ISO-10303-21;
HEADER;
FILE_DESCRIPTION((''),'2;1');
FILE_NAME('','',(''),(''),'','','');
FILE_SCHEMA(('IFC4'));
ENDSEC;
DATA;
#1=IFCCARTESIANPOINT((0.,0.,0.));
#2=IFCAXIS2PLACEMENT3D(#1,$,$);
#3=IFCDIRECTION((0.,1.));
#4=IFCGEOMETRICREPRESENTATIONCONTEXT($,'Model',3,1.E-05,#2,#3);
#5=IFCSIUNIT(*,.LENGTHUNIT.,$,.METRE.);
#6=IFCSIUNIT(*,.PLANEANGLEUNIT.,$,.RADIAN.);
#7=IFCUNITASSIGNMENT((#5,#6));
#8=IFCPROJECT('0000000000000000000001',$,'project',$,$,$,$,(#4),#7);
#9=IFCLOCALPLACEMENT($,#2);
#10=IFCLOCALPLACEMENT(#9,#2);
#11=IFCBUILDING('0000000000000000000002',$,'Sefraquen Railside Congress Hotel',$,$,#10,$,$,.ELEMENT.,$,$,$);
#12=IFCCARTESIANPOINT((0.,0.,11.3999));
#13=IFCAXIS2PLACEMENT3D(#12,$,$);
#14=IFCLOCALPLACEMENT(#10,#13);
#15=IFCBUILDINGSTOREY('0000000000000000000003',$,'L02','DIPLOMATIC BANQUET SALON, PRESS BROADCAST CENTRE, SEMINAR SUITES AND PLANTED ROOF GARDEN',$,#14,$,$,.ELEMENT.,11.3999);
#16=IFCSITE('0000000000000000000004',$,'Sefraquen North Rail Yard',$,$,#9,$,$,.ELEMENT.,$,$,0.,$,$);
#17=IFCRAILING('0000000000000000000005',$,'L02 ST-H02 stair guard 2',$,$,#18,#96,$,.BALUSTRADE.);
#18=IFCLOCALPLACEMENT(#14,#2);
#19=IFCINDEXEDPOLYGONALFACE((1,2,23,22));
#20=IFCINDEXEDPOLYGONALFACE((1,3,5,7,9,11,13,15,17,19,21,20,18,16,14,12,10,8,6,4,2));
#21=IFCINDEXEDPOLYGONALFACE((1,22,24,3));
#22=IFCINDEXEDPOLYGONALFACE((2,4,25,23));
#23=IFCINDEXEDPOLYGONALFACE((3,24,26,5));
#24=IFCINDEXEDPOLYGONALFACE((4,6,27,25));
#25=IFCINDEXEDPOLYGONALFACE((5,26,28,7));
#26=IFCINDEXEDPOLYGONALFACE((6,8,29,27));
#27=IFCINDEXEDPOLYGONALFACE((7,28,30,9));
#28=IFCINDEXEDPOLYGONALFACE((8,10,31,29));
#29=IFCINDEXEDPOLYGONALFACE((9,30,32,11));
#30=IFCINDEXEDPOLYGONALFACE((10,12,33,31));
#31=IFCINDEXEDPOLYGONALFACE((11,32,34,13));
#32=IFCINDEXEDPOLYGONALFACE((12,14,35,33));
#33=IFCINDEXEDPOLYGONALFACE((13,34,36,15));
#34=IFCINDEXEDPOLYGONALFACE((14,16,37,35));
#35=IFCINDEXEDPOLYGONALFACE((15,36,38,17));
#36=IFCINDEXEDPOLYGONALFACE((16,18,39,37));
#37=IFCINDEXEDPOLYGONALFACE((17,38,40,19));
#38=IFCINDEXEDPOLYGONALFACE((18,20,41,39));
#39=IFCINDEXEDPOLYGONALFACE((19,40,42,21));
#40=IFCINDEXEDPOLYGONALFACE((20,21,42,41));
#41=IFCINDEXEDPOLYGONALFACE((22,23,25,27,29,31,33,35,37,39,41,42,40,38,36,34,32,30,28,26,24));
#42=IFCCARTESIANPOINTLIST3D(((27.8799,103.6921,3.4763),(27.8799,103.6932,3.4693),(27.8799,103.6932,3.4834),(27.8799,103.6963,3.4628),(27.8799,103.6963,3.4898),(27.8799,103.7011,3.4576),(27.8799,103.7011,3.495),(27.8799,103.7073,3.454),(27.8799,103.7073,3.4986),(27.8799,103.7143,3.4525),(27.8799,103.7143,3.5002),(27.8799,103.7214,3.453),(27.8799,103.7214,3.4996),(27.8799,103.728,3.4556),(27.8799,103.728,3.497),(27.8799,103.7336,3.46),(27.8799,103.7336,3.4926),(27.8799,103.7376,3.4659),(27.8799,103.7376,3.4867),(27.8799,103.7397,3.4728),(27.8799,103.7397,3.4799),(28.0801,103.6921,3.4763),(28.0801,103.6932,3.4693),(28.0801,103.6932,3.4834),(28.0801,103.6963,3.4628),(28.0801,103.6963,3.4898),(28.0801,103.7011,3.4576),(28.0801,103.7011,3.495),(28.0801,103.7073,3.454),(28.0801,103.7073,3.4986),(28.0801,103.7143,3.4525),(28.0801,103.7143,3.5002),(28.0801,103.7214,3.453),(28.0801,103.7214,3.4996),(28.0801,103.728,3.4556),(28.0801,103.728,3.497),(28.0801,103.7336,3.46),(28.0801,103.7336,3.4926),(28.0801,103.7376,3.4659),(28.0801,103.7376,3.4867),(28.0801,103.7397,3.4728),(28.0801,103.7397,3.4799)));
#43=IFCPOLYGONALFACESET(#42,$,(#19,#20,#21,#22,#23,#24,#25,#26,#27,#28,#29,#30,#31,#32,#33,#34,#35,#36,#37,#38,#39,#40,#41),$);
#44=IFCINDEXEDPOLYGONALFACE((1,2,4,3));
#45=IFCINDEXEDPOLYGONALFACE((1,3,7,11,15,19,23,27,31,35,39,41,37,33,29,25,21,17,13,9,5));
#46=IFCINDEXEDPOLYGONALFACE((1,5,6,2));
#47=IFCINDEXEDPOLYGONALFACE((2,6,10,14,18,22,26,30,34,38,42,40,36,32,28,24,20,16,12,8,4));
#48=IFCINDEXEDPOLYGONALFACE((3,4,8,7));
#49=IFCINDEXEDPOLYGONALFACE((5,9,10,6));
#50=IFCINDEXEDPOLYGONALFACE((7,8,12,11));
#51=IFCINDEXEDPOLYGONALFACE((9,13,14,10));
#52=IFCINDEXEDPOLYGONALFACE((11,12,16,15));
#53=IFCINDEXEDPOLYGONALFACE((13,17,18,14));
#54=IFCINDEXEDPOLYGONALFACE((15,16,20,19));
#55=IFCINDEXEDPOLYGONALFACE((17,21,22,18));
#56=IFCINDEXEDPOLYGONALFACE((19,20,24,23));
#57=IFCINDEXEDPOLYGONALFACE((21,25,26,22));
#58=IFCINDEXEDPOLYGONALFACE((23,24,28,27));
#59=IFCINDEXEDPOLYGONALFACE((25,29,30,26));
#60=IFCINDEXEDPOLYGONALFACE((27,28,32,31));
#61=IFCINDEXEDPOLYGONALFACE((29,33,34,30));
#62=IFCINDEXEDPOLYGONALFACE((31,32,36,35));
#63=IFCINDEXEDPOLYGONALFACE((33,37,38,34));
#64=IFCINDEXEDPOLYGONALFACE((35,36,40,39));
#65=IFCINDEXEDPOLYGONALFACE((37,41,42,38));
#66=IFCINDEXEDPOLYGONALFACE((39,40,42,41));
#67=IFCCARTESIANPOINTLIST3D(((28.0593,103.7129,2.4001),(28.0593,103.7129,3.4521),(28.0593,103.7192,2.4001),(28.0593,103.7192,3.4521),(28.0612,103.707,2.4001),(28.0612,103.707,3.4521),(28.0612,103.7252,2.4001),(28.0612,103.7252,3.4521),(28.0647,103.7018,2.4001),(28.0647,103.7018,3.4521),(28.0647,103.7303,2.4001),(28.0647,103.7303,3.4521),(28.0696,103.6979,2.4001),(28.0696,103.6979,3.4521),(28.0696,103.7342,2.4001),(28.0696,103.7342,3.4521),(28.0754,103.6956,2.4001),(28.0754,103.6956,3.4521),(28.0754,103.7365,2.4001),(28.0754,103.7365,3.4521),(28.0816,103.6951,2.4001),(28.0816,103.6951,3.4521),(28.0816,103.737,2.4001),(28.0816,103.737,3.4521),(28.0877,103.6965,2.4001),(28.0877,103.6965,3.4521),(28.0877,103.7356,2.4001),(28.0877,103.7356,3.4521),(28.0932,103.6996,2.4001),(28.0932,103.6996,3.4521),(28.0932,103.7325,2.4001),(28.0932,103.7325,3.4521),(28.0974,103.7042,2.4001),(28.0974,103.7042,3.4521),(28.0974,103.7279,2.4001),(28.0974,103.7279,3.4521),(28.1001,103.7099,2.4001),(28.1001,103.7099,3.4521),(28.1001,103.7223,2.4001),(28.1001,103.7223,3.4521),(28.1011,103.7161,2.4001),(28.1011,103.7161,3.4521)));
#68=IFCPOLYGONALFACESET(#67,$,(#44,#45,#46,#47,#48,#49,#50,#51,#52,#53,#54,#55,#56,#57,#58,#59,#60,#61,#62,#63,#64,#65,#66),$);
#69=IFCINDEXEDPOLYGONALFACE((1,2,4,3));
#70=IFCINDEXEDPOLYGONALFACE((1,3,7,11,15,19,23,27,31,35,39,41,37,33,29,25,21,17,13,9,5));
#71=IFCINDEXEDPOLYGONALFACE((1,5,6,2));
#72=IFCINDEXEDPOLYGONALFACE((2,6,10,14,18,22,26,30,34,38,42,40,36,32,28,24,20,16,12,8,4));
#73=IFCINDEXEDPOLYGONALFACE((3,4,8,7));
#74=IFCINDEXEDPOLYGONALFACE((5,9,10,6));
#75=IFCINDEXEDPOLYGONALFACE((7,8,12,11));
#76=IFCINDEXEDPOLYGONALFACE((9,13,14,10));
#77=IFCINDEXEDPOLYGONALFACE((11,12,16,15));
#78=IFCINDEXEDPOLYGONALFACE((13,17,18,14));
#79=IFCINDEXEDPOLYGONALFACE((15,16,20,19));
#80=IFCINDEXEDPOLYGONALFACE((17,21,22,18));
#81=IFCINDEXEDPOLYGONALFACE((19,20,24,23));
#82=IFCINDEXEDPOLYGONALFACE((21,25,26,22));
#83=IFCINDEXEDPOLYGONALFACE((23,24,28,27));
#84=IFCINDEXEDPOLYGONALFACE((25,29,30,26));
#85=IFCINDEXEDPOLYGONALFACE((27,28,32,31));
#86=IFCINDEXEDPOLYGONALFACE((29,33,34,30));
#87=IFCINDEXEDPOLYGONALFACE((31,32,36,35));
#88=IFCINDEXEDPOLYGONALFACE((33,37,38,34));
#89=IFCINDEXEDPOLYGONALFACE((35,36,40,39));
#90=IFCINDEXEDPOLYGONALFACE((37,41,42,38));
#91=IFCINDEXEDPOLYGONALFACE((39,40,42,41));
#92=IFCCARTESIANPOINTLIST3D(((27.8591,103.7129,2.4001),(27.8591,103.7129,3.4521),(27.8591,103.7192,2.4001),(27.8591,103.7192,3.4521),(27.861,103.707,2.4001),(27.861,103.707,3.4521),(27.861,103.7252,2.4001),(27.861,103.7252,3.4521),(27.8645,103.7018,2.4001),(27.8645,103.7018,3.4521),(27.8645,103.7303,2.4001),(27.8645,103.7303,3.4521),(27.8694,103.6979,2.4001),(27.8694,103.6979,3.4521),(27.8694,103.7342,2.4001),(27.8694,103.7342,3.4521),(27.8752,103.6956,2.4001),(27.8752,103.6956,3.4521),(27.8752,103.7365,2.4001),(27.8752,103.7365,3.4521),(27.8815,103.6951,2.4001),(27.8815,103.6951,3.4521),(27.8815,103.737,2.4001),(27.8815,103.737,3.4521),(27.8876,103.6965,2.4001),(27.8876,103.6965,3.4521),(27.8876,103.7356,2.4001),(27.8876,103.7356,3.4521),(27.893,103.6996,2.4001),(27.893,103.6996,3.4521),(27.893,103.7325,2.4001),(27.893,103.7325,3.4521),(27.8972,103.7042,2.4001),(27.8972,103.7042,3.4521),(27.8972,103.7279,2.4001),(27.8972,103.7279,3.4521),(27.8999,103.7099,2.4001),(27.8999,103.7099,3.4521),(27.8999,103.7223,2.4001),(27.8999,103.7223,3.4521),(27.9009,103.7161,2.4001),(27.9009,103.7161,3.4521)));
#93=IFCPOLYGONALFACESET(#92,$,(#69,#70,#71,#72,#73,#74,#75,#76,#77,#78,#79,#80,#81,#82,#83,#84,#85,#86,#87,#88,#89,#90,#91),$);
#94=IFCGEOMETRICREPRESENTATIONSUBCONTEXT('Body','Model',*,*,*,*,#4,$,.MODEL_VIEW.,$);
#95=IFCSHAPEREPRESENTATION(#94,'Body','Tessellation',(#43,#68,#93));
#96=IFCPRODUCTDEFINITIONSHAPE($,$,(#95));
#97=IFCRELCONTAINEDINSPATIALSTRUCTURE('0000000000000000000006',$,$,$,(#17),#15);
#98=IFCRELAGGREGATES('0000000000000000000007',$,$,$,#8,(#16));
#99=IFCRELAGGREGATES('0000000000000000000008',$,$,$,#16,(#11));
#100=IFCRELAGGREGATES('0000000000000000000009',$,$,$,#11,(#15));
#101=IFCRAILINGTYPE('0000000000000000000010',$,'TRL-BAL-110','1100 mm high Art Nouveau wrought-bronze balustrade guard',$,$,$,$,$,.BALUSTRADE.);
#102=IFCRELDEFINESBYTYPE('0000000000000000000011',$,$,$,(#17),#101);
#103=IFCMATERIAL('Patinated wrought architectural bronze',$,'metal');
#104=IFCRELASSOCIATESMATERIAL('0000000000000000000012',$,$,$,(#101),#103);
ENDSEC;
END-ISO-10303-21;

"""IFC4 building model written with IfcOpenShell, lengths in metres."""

from ifc_helpers import new_model, si_unit, direction, frame, origin, origin_2d, place, context, subcontext, project, spatial, circle, extrude, material, type_object, element, save


model = new_model("IFC4")

# Units and contexts
model_context = context("Model", 3, precision=1e-05, world=origin(), true_north=direction((0.0, 1.0)))
body_context = subcontext(model_context, "Body", "Model", "MODEL_VIEW")
ifc_project = project(units=[si_unit("LENGTHUNIT", "METRE"), si_unit("PLANEANGLEUNIT", "RADIAN")], contexts=[model_context])

# Site, building, storey
site_placement = place(None, origin())
site = spatial("IfcSite", under=ifc_project, at=site_placement, Name="Sefraquen North Rail Yard", CompositionType="ELEMENT", RefElevation=0.0)
building_placement = place(site_placement, origin())
building = spatial("IfcBuilding", under=site, at=building_placement, Name="Sefraquen Railside Congress Hotel", CompositionType="ELEMENT")
storey_placement = place(building_placement, frame((0.0, 0.0, 11.3999)))
storey = spatial("IfcBuildingStorey", under=building, at=storey_placement, Name="L02", Description="DIPLOMATIC BANQUET SALON, PRESS BROADCAST CENTRE, SEMINAR SUITES AND PLANTED ROOF GARDEN", CompositionType="ELEMENT", Elevation=11.3999)

# Railing
ifc_material_1 = material(Name="Patinated wrought architectural bronze", Category="metal")
railing_type_1 = type_object("IfcRailingType", Name="TRL-BAL-110", Description="1100 mm high Art Nouveau wrought-bronze balustrade guard", PredefinedType="BALUSTRADE", material=ifc_material_1)
railing_1_placement = place(storey_placement, frame((28.0801, 103.7161, 2.4001)))
element("IfcRailing", 1, at=railing_1_placement, inside=storey, type_object=railing_type_1, Name="L02 ST-H02 stair guard 2", PredefinedType="BALUSTRADE", context=body_context, shape_type="SweptSolid", body=[
    extrude(circle(Radius=0.0239, at=origin_2d()), frame((0.0, 0.0, 1.0762), z_axis=(-1.0, 0.0, 0.0), x_axis=(0.0, -1.0, 0.0)), (0.0, 0.0, 1.0), 0.2002),
    extrude(circle(Radius=0.021, at=origin_2d()), origin(), (0.0, 0.0, 1.0), 1.052),
    extrude(circle(Radius=0.021, at=origin_2d()), frame((-0.2002, 0.0, 0.0)), (0.0, 0.0, 1.0), 1.052),
])

save(model, "model.ifc")
